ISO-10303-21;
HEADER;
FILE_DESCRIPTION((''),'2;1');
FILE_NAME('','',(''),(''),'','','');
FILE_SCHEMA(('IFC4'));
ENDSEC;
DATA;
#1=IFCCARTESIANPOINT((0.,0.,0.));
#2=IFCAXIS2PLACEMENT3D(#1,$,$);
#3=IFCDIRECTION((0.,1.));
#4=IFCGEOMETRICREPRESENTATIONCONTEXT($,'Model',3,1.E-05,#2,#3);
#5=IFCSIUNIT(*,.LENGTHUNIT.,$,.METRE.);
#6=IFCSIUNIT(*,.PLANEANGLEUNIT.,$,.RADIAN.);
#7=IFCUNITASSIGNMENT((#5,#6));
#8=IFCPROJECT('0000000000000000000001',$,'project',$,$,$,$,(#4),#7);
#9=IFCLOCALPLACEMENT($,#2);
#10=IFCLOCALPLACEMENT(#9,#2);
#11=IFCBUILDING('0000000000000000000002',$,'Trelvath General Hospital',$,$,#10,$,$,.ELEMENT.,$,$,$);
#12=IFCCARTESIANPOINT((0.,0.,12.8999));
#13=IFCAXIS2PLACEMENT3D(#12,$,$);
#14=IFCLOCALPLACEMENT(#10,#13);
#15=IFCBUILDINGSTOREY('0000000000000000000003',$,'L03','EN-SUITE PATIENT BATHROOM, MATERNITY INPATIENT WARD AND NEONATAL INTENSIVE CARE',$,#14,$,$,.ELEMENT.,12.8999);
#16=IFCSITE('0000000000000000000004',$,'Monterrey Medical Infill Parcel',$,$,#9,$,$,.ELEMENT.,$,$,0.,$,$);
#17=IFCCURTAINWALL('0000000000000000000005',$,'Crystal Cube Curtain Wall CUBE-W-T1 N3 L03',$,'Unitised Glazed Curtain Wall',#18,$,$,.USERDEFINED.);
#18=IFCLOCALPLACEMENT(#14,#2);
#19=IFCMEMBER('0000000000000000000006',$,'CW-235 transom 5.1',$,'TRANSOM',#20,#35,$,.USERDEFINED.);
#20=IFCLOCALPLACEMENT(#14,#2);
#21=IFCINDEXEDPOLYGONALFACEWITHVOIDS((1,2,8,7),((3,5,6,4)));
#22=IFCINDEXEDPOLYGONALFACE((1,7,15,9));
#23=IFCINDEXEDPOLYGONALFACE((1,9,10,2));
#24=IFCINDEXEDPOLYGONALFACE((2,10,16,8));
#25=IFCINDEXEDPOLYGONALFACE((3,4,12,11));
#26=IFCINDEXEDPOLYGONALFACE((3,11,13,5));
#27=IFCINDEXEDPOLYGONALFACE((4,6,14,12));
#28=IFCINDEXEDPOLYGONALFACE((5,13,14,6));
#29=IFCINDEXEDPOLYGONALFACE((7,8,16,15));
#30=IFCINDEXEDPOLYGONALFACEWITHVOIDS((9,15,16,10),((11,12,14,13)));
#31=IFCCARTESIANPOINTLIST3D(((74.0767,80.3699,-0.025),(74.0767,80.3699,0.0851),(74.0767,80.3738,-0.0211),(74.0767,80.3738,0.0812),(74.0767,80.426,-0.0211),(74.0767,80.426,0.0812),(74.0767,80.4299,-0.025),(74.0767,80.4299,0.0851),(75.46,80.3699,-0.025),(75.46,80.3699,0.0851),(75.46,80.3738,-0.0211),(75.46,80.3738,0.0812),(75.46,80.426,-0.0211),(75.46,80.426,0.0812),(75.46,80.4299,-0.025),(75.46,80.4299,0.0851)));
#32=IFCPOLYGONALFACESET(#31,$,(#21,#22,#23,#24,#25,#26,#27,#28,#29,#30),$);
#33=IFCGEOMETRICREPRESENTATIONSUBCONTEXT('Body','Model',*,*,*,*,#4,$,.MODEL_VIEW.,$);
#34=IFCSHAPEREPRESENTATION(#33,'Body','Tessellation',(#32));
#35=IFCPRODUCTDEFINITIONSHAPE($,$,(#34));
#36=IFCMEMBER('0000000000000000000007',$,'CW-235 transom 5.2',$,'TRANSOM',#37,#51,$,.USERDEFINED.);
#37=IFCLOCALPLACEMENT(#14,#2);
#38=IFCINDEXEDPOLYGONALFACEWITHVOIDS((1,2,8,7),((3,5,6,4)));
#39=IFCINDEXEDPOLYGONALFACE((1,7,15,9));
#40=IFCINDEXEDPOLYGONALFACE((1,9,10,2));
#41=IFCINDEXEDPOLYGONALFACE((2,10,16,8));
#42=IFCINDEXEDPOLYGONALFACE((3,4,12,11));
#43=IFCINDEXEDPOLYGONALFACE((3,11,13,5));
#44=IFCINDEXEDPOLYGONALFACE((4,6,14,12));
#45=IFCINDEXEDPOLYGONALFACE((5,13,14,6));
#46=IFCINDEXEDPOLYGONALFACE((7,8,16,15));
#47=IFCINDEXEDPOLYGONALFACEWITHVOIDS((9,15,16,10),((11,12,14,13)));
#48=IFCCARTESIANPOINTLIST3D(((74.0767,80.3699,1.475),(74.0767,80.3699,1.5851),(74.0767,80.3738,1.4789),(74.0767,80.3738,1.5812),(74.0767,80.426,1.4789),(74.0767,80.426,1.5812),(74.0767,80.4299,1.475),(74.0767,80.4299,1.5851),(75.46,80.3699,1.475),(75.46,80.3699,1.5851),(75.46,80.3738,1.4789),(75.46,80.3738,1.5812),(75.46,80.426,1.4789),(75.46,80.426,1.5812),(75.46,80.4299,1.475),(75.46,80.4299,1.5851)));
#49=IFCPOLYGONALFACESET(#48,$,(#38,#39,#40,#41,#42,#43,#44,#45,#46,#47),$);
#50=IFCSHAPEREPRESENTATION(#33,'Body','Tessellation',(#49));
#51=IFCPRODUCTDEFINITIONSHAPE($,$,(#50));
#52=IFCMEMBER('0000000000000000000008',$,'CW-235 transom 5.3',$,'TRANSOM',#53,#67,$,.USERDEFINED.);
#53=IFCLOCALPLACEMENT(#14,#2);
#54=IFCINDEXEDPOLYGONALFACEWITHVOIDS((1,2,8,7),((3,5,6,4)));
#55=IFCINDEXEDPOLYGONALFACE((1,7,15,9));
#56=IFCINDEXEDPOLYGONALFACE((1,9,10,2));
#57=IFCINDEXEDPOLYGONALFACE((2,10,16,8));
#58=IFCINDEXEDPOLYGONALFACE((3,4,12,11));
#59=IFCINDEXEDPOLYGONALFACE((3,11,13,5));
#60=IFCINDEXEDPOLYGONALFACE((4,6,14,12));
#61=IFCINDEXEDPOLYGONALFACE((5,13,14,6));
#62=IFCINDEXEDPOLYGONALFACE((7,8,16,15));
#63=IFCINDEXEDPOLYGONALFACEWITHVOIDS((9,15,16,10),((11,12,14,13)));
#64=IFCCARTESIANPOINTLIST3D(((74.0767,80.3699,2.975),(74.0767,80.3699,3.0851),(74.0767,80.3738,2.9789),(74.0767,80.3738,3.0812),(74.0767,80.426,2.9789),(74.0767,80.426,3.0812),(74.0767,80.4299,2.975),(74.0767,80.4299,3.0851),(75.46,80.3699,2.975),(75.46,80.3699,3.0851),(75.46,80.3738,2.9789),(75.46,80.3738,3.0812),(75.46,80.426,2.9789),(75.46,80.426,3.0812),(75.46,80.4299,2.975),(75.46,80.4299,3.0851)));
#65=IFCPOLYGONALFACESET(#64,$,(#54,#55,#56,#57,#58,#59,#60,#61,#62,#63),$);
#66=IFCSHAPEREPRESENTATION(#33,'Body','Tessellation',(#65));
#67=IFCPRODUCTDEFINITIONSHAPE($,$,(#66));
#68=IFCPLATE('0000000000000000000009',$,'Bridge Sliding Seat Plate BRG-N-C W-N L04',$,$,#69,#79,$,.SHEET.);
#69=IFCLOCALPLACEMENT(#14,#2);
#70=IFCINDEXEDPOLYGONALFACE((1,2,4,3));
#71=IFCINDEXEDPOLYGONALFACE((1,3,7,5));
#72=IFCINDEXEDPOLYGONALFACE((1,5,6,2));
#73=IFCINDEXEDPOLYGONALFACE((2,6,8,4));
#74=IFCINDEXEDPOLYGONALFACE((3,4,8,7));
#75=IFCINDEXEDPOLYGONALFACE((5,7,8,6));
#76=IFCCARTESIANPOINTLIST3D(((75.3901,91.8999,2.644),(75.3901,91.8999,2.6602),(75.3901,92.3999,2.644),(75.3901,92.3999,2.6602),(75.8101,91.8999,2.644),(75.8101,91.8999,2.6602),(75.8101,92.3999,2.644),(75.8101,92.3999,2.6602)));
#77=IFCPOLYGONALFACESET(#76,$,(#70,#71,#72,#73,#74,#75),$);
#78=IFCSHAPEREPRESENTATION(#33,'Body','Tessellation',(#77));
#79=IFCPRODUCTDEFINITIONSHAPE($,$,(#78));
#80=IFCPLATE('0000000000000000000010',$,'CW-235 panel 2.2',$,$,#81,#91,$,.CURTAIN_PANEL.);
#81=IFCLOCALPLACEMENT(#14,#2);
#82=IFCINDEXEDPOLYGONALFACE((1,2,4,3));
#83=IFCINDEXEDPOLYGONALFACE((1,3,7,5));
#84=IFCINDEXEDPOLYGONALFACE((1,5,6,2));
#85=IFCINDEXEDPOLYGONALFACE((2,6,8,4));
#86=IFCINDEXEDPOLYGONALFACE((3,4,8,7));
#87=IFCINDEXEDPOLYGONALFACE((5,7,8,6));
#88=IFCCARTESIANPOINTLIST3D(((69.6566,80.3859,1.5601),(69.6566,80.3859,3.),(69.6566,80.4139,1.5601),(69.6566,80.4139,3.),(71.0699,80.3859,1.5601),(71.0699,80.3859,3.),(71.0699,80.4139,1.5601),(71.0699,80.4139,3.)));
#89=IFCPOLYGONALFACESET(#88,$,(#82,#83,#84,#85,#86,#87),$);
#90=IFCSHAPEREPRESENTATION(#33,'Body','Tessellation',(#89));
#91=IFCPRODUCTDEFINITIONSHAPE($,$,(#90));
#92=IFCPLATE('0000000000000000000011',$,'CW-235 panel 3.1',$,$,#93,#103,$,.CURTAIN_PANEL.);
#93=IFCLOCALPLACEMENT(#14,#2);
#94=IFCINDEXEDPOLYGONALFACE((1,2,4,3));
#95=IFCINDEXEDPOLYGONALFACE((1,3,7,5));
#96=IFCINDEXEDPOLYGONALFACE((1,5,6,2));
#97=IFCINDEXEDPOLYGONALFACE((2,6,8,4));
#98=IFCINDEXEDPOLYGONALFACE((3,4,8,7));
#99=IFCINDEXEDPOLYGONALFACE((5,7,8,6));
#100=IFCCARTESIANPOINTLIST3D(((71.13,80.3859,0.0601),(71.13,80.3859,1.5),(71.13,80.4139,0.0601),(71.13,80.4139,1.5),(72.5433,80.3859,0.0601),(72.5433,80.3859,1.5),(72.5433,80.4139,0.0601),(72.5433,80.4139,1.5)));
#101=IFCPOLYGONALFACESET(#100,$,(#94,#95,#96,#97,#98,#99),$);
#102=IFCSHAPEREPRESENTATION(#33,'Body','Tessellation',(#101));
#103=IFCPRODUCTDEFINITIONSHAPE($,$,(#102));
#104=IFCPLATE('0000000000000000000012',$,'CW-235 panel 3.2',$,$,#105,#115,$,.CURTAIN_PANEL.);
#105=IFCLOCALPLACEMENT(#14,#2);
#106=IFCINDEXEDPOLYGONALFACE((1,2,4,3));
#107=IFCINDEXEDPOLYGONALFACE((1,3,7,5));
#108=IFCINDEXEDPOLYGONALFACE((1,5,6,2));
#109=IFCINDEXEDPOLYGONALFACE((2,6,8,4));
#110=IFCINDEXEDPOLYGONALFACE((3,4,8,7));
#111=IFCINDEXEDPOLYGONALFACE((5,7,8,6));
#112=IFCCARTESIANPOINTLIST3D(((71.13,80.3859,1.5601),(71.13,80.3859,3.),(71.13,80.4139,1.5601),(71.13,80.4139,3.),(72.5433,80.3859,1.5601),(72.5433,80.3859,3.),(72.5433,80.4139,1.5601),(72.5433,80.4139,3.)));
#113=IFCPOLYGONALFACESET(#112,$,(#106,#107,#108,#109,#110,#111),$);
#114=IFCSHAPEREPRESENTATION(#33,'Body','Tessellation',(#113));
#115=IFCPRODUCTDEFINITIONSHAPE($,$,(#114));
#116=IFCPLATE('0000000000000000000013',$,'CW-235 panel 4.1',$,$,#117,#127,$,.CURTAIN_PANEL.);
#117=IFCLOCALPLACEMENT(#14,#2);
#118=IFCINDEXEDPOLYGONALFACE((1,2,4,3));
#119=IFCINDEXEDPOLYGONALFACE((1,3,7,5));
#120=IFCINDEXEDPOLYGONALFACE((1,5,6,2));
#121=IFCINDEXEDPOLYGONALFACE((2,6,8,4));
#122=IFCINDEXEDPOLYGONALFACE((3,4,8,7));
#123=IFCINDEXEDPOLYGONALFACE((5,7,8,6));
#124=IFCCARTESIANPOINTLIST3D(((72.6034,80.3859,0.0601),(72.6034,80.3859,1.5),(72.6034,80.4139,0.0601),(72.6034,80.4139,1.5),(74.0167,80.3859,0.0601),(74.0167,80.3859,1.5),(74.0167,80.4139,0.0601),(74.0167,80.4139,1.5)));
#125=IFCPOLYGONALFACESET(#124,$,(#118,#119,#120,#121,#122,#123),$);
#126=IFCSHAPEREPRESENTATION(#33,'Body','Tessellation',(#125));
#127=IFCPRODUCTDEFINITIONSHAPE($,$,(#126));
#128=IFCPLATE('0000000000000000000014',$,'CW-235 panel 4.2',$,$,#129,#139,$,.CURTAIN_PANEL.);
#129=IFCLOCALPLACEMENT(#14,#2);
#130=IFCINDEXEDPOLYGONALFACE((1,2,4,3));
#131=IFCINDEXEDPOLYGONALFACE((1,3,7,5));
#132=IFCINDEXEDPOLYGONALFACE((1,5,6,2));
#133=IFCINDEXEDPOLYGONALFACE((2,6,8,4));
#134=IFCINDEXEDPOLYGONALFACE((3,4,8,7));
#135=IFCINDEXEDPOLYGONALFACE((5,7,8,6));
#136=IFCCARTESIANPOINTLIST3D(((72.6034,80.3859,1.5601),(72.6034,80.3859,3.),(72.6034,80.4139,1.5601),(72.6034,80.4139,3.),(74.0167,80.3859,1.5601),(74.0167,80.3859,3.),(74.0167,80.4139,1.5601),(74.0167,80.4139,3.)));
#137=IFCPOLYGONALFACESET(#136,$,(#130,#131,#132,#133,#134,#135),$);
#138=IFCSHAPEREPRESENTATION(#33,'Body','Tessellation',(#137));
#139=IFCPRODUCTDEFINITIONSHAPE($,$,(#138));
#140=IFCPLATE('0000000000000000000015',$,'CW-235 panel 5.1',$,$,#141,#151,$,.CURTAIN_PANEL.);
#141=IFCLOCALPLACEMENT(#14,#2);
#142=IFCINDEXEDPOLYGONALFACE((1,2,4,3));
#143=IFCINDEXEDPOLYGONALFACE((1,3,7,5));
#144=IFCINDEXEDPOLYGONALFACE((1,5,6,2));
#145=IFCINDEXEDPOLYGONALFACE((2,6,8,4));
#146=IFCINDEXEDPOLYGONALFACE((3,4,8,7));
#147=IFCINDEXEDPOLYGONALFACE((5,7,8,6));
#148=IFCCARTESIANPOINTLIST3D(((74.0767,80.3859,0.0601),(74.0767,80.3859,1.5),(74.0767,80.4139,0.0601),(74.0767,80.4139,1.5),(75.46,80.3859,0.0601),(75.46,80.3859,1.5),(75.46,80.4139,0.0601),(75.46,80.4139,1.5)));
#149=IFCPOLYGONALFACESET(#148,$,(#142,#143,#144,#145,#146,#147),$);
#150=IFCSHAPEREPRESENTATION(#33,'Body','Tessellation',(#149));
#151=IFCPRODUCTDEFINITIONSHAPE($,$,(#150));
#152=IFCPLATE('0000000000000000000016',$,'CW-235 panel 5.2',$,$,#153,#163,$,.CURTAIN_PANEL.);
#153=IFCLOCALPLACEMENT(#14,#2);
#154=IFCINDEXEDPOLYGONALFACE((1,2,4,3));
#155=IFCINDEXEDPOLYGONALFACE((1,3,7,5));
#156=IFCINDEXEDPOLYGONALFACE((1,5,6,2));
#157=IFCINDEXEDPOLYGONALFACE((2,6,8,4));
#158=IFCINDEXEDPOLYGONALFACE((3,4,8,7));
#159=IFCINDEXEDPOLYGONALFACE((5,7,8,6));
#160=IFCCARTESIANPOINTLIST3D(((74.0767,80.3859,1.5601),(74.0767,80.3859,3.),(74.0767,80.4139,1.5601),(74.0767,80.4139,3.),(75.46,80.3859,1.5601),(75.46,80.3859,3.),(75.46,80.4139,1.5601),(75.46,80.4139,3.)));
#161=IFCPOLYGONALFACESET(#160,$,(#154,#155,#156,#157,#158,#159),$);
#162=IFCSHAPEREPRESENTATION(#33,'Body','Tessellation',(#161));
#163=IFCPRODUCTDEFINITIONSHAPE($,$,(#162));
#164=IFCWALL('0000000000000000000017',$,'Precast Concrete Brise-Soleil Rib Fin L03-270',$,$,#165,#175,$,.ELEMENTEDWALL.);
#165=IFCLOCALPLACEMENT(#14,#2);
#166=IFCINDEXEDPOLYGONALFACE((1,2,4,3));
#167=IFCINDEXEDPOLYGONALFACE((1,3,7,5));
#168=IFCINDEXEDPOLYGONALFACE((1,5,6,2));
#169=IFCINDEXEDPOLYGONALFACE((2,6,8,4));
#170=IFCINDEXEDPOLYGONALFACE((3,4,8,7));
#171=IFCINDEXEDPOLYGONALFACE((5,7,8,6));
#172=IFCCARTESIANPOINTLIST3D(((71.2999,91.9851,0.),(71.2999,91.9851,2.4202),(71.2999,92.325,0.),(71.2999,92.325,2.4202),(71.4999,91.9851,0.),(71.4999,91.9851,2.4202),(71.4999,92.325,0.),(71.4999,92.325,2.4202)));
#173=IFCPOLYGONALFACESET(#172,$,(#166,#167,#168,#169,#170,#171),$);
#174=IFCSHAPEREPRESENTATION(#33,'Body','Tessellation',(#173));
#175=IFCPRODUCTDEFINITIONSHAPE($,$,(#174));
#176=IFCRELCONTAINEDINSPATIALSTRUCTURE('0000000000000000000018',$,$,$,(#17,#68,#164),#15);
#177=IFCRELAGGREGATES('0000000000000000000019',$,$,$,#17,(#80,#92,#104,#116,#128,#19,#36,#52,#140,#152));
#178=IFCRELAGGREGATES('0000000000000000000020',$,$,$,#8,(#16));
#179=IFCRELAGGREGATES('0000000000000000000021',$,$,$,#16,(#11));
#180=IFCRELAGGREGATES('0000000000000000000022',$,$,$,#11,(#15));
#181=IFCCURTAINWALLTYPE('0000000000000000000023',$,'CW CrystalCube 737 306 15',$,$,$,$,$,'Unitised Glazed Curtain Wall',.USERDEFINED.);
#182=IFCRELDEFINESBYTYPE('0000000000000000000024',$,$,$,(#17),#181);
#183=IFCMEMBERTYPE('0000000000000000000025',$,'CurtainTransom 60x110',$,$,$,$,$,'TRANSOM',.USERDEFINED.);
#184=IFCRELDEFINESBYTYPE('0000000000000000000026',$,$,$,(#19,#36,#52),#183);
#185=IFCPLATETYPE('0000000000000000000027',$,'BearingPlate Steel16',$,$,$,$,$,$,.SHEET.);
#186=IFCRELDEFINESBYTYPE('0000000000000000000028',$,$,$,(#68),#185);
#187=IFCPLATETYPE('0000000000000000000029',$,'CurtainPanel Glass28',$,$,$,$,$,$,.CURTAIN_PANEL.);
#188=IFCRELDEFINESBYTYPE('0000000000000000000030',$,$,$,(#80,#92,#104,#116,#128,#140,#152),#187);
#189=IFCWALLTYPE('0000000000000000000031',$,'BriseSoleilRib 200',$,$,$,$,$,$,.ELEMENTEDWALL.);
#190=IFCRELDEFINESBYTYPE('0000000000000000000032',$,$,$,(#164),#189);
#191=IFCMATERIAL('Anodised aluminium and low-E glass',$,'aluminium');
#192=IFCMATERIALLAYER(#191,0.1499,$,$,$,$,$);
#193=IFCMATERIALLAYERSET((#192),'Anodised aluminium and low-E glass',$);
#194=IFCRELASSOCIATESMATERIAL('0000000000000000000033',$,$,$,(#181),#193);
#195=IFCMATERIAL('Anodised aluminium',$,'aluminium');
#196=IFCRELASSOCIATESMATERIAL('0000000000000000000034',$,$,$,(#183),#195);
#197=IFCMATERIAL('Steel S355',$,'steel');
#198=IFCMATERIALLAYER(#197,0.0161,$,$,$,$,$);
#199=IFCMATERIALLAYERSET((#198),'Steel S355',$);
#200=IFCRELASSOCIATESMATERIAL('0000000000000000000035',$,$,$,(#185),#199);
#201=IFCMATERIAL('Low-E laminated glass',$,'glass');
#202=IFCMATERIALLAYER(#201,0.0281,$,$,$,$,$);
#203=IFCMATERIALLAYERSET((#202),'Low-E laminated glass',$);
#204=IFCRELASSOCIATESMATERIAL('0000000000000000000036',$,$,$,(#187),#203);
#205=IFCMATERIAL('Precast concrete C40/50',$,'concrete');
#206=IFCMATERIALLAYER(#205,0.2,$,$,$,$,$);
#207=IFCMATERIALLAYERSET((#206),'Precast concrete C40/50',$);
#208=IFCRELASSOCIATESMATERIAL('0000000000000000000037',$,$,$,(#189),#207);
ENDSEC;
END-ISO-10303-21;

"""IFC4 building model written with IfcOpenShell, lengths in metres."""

from ifc_helpers import new_model, si_unit, direction, frame, frame_2d, origin, origin_2d, place, context, subcontext, project, spatial, rectangle, hollow_rectangle, extrude, material, layer, layer_set, material_profile, profile_set, type_object, element, aggregate, save


model = new_model("IFC4")

# Units and contexts
model_context = context("Model", 3, precision=1e-05, world=origin(), true_north=direction((0.0, 1.0)))
body_context = subcontext(model_context, "Body", "Model", "MODEL_VIEW")
ifc_project = project(units=[si_unit("LENGTHUNIT", "METRE"), si_unit("PLANEANGLEUNIT", "RADIAN")], contexts=[model_context])

# Site, building, storey
site_placement = place(None, origin())
site = spatial("IfcSite", under=ifc_project, at=site_placement, Name="Monterrey Medical Infill Parcel", CompositionType="ELEMENT", RefElevation=0.0)
building_placement = place(site_placement, origin())
building = spatial("IfcBuilding", under=site, at=building_placement, Name="Trelvath General Hospital", CompositionType="ELEMENT")
storey_placement = place(building_placement, frame((0.0, 0.0, 12.8999)))
storey = spatial("IfcBuildingStorey", under=building, at=storey_placement, Name="L03", Description="EN-SUITE PATIENT BATHROOM, MATERNITY INPATIENT WARD AND NEONATAL INTENSIVE CARE", CompositionType="ELEMENT", Elevation=12.8999)

# Curtain wall, members
ifc_material_1 = material(Name="Anodised aluminium and low-E glass", Category="aluminium")
ifc_layer_1 = layer(ifc_material_1, 0.1499)
ifc_layer_set_1 = layer_set([ifc_layer_1], Name="Anodised aluminium and low-E glass")
curtain_wall_type = type_object("IfcCurtainWallType", Name="CW CrystalCube 737 306 15", ElementType="Unitised Glazed Curtain Wall", PredefinedType="USERDEFINED", material=ifc_layer_set_1)
curtain_wall_placement = place(storey_placement, origin())
curtain_wall = element("IfcCurtainWall", 1, at=curtain_wall_placement, inside=storey, type_object=curtain_wall_type, Name="Crystal Cube Curtain Wall CUBE-W-T1 N3 L03", ObjectType="Unitised Glazed Curtain Wall", PredefinedType="USERDEFINED")
ifc_material_2 = material(Name="Anodised aluminium", Category="aluminium")
ifc_material_profile_1 = material_profile(ifc_material_2, hollow_rectangle(XDim=0.0601, YDim=0.1101, WallThickness=0.0039, at=origin_2d()), Name="RHS60x110x4")
ifc_profile_set_1 = profile_set([ifc_material_profile_1], Name="Anodised aluminium")
member_type_1 = type_object("IfcMemberType", Name="CurtainTransom 60x110", ElementType="TRANSOM", PredefinedType="USERDEFINED", material=ifc_profile_set_1)
member_1_placement = place(storey_placement, frame((74.0767, 80.3999, 0.03), z_axis=(1.0, 0.0, 0.0), x_axis=(0.0, 1.0, 0.0)))
member_1 = element("IfcMember", 2, at=member_1_placement, type_object=member_type_1, Name="CW-235 transom 5.1", ObjectType="TRANSOM", PredefinedType="USERDEFINED", context=body_context, shape_type="SweptSolid", body=[
    extrude(hollow_rectangle(XDim=0.0601, YDim=0.1101, WallThickness=0.0039, at=origin_2d()), origin(), (0.0, 0.0, 1.0), 1.3833),
])
member_2_placement = place(storey_placement, frame((74.0767, 80.3999, 1.53), z_axis=(1.0, 0.0, 0.0), x_axis=(0.0, 1.0, 0.0)))
member_2 = element("IfcMember", 3, at=member_2_placement, type_object=member_type_1, Name="CW-235 transom 5.2", ObjectType="TRANSOM", PredefinedType="USERDEFINED", context=body_context, shape_type="SweptSolid", body=[
    extrude(hollow_rectangle(XDim=0.0601, YDim=0.1101, WallThickness=0.0039, at=origin_2d()), origin(), (0.0, 0.0, 1.0), 1.3833),
])
member_3_placement = place(storey_placement, frame((74.0767, 80.3999, 3.03), z_axis=(1.0, 0.0, 0.0), x_axis=(0.0, 1.0, 0.0)))
member_3 = element("IfcMember", 4, at=member_3_placement, type_object=member_type_1, Name="CW-235 transom 5.3", ObjectType="TRANSOM", PredefinedType="USERDEFINED", context=body_context, shape_type="SweptSolid", body=[
    extrude(hollow_rectangle(XDim=0.0601, YDim=0.1101, WallThickness=0.0039, at=origin_2d()), origin(), (0.0, 0.0, 1.0), 1.3833),
])

# Plates
ifc_material_3 = material(Name="Steel S355", Category="steel")
ifc_layer_2 = layer(ifc_material_3, 0.0161)
ifc_layer_set_2 = layer_set([ifc_layer_2], Name="Steel S355")
plate_type_1 = type_object("IfcPlateType", Name="BearingPlate Steel16", PredefinedType="SHEET", material=ifc_layer_set_2)
plate_1_placement = place(storey_placement, frame((75.6001, 92.1499, 2.644), z_axis=(0.0, 0.0, 1.0), x_axis=(1.0, 0.0, 0.0)))
element("IfcPlate", 5, at=plate_1_placement, inside=storey, type_object=plate_type_1, Name="Bridge Sliding Seat Plate BRG-N-C W-N L04", PredefinedType="SHEET", context=body_context, shape_type="SweptSolid", body=[
    extrude(rectangle(XDim=0.4199, YDim=0.5, at=origin_2d()), origin(), (0.0, 0.0, 1.0), 0.0161),
])
ifc_material_4 = material(Name="Low-E laminated glass", Category="glass")
ifc_layer_3 = layer(ifc_material_4, 0.0281)
ifc_layer_set_3 = layer_set([ifc_layer_3], Name="Low-E laminated glass")
plate_type_2 = type_object("IfcPlateType", Name="CurtainPanel Glass28", PredefinedType="CURTAIN_PANEL", material=ifc_layer_set_3)
plate_2_placement = place(storey_placement, frame((70.3633, 80.3999, 1.5601), z_axis=(0.0, 0.0, 1.0), x_axis=(1.0, 0.0, 0.0)))
plate_2 = element("IfcPlate", 6, at=plate_2_placement, type_object=plate_type_2, Name="CW-235 panel 2.2", PredefinedType="CURTAIN_PANEL", context=body_context, shape_type="SweptSolid", body=[
    extrude(rectangle(XDim=1.4133, YDim=0.0281, at=origin_2d()), origin(), (0.0, 0.0, 1.0), 1.4399),
])
plate_3_placement = place(storey_placement, frame((71.8367, 80.3999, 0.0601), z_axis=(0.0, 0.0, 1.0), x_axis=(1.0, 0.0, 0.0)))
plate_3 = element("IfcPlate", 7, at=plate_3_placement, type_object=plate_type_2, Name="CW-235 panel 3.1", PredefinedType="CURTAIN_PANEL", context=body_context, shape_type="SweptSolid", body=[
    extrude(rectangle(XDim=1.4133, YDim=0.0281, at=origin_2d()), origin(), (0.0, 0.0, 1.0), 1.4399),
])
plate_4_placement = place(storey_placement, frame((71.8367, 80.3999, 1.5601), z_axis=(0.0, 0.0, 1.0), x_axis=(1.0, 0.0, 0.0)))
plate_4 = element("IfcPlate", 8, at=plate_4_placement, type_object=plate_type_2, Name="CW-235 panel 3.2", PredefinedType="CURTAIN_PANEL", context=body_context, shape_type="SweptSolid", body=[
    extrude(rectangle(XDim=1.4133, YDim=0.0281, at=origin_2d()), origin(), (0.0, 0.0, 1.0), 1.4399),
])
plate_5_placement = place(storey_placement, frame((73.3101, 80.3999, 0.0601), z_axis=(0.0, 0.0, 1.0), x_axis=(1.0, 0.0, 0.0)))
plate_5 = element("IfcPlate", 9, at=plate_5_placement, type_object=plate_type_2, Name="CW-235 panel 4.1", PredefinedType="CURTAIN_PANEL", context=body_context, shape_type="SweptSolid", body=[
    extrude(rectangle(XDim=1.4133, YDim=0.0281, at=origin_2d()), origin(), (0.0, 0.0, 1.0), 1.4399),
])
plate_6_placement = place(storey_placement, frame((73.3101, 80.3999, 1.5601), z_axis=(0.0, 0.0, 1.0), x_axis=(1.0, 0.0, 0.0)))
plate_6 = element("IfcPlate", 10, at=plate_6_placement, type_object=plate_type_2, Name="CW-235 panel 4.2", PredefinedType="CURTAIN_PANEL", context=body_context, shape_type="SweptSolid", body=[
    extrude(rectangle(XDim=1.4133, YDim=0.0281, at=origin_2d()), origin(), (0.0, 0.0, 1.0), 1.4399),
])
plate_7_placement = place(storey_placement, frame((74.7683, 80.3999, 0.0601), z_axis=(0.0, 0.0, 1.0), x_axis=(1.0, 0.0, 0.0)))
plate_7 = element("IfcPlate", 11, at=plate_7_placement, type_object=plate_type_2, Name="CW-235 panel 5.1", PredefinedType="CURTAIN_PANEL", context=body_context, shape_type="SweptSolid", body=[
    extrude(rectangle(XDim=1.3833, YDim=0.0281, at=origin_2d()), origin(), (0.0, 0.0, 1.0), 1.4399),
])
plate_8_placement = place(storey_placement, frame((74.7683, 80.3999, 1.5601), z_axis=(0.0, 0.0, 1.0), x_axis=(1.0, 0.0, 0.0)))
plate_8 = element("IfcPlate", 12, at=plate_8_placement, type_object=plate_type_2, Name="CW-235 panel 5.2", PredefinedType="CURTAIN_PANEL", context=body_context, shape_type="SweptSolid", body=[
    extrude(rectangle(XDim=1.3833, YDim=0.0281, at=origin_2d()), origin(), (0.0, 0.0, 1.0), 1.4399),
])
aggregate(curtain_wall, [plate_2, plate_3, plate_4, plate_5, plate_6, member_1, member_2, member_3, plate_7, plate_8])

# Wall
ifc_material_5 = material(Name="Precast concrete C40/50", Category="concrete")
ifc_layer_4 = layer(ifc_material_5, 0.2)
ifc_layer_set_4 = layer_set([ifc_layer_4], Name="Precast concrete C40/50")
wall_type = type_object("IfcWallType", Name="BriseSoleilRib 200", PredefinedType="ELEMENTEDWALL", material=ifc_layer_set_4)
wall_placement = place(storey_placement, frame((71.3999, 92.325, 0.0), z_axis=(0.0, 0.0, 1.0), x_axis=(0.0, -1.0, 0.0)))
element("IfcWall", 13, at=wall_placement, inside=storey, type_object=wall_type, Name="Precast Concrete Brise-Soleil Rib Fin L03-270", PredefinedType="ELEMENTEDWALL", context=body_context, shape_type="SweptSolid", body=[
    extrude(rectangle(XDim=0.3398, YDim=0.2, at=frame_2d((0.1699, 0.0))), origin(), (0.0, 0.0, 1.0), 2.4202),
])

save(model, "model.ifc")
